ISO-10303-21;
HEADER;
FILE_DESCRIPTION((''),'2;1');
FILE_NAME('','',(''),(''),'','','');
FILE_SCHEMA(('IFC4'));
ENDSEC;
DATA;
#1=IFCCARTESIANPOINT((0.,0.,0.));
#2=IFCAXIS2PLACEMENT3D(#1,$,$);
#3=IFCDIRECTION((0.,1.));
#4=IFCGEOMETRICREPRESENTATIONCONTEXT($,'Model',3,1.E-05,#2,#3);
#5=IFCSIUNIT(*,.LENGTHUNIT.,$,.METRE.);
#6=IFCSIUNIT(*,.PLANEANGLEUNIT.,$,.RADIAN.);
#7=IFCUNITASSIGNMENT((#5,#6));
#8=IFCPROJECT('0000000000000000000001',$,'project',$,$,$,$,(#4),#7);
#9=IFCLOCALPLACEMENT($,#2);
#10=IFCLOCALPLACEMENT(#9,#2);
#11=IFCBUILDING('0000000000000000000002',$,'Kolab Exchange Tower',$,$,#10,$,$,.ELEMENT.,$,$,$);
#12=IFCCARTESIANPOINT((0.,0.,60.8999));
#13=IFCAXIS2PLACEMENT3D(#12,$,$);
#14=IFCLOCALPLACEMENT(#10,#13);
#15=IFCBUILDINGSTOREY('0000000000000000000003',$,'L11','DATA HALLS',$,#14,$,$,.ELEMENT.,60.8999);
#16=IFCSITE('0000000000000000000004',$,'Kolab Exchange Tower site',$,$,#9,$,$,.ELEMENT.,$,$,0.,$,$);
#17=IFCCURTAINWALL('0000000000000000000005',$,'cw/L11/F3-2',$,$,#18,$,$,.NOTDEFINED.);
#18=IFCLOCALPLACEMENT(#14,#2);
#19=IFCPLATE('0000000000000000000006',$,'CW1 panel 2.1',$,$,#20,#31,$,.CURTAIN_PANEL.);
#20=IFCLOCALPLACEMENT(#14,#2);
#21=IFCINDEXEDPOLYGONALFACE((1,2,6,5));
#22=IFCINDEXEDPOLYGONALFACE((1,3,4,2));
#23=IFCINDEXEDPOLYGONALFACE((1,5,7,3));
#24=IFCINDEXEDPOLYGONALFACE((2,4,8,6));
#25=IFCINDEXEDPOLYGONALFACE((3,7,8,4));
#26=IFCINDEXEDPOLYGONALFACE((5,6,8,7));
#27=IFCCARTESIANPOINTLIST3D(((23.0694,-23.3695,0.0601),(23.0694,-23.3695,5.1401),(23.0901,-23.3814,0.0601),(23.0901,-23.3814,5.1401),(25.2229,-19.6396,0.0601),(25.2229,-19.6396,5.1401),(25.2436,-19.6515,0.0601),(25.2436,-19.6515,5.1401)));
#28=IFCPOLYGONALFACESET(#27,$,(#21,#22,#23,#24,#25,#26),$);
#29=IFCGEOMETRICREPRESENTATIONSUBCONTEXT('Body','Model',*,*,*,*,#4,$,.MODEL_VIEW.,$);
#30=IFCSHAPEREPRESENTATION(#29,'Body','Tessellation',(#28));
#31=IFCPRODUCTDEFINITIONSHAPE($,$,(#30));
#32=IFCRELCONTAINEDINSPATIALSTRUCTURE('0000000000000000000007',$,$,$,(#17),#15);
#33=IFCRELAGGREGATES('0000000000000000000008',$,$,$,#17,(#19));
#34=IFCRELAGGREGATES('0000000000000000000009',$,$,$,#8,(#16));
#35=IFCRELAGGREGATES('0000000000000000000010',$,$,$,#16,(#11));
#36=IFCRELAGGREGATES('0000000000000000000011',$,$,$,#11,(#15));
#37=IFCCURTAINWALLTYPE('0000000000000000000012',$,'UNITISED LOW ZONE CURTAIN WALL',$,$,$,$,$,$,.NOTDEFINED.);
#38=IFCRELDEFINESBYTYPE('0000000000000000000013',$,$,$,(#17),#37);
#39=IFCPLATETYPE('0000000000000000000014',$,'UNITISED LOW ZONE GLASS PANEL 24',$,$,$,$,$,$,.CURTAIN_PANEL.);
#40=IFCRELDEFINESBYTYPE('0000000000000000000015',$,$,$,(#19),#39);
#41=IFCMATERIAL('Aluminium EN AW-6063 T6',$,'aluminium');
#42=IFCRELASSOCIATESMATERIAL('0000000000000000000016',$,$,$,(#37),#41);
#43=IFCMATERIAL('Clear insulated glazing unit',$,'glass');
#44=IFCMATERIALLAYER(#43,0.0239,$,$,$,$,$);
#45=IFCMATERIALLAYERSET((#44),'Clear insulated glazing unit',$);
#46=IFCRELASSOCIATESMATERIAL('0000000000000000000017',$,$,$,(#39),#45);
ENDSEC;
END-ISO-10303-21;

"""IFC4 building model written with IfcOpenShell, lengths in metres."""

from ifc_helpers import new_model, si_unit, direction, frame, origin, origin_2d, place, context, subcontext, project, spatial, rectangle, extrude, material, layer, layer_set, type_object, element, aggregate, save


model = new_model("IFC4")

# Units and contexts
model_context = context("Model", 3, precision=1e-05, world=origin(), true_north=direction((0.0, 1.0)))
body_context = subcontext(model_context, "Body", "Model", "MODEL_VIEW")
ifc_project = project(units=[si_unit("LENGTHUNIT", "METRE"), si_unit("PLANEANGLEUNIT", "RADIAN")], contexts=[model_context])

# Site, building, storey
site_placement = place(None, origin())
site = spatial("IfcSite", under=ifc_project, at=site_placement, Name="Kolab Exchange Tower site", CompositionType="ELEMENT", RefElevation=0.0)
building_placement = place(site_placement, origin())
building = spatial("IfcBuilding", under=site, at=building_placement, Name="Kolab Exchange Tower", CompositionType="ELEMENT")
storey_placement = place(building_placement, frame((0.0, 0.0, 60.8999)))
storey = spatial("IfcBuildingStorey", under=building, at=storey_placement, Name="L11", Description="DATA HALLS", CompositionType="ELEMENT", Elevation=60.8999)

# Curtain wall, plate
ifc_material_1 = material(Name="Aluminium EN AW-6063 T6", Category="aluminium")
curtain_wall_type = type_object("IfcCurtainWallType", Name="UNITISED LOW ZONE CURTAIN WALL", PredefinedType="NOTDEFINED", material=ifc_material_1)
curtain_wall_placement = place(storey_placement, origin())
curtain_wall = element("IfcCurtainWall", 1, at=curtain_wall_placement, inside=storey, type_object=curtain_wall_type, Name="cw/L11/F3-2", PredefinedType="NOTDEFINED")
ifc_material_2 = material(Name="Clear insulated glazing unit", Category="glass")
ifc_layer = layer(ifc_material_2, 0.0239)
ifc_layer_set = layer_set([ifc_layer], Name="Clear insulated glazing unit")
plate_type = type_object("IfcPlateType", Name="UNITISED LOW ZONE GLASS PANEL 24", PredefinedType="CURTAIN_PANEL", material=ifc_layer_set)
plate_1_placement = place(storey_placement, frame((24.1565, -21.5105, 0.0601), z_axis=(0.0, 0.0, 1.0), x_axis=(-0.5, -0.866025, 0.0)))
plate_1 = element("IfcPlate", 2, at=plate_1_placement, type_object=plate_type, Name="CW1 panel 2.1", PredefinedType="CURTAIN_PANEL", context=body_context, shape_type="SweptSolid", body=[
    extrude(rectangle(XDim=4.3069, YDim=0.0239, at=origin_2d()), origin(), (0.0, 0.0, 1.0), 5.0801),
])
aggregate(curtain_wall, [plate_1])

save(model, "model.ifc")
